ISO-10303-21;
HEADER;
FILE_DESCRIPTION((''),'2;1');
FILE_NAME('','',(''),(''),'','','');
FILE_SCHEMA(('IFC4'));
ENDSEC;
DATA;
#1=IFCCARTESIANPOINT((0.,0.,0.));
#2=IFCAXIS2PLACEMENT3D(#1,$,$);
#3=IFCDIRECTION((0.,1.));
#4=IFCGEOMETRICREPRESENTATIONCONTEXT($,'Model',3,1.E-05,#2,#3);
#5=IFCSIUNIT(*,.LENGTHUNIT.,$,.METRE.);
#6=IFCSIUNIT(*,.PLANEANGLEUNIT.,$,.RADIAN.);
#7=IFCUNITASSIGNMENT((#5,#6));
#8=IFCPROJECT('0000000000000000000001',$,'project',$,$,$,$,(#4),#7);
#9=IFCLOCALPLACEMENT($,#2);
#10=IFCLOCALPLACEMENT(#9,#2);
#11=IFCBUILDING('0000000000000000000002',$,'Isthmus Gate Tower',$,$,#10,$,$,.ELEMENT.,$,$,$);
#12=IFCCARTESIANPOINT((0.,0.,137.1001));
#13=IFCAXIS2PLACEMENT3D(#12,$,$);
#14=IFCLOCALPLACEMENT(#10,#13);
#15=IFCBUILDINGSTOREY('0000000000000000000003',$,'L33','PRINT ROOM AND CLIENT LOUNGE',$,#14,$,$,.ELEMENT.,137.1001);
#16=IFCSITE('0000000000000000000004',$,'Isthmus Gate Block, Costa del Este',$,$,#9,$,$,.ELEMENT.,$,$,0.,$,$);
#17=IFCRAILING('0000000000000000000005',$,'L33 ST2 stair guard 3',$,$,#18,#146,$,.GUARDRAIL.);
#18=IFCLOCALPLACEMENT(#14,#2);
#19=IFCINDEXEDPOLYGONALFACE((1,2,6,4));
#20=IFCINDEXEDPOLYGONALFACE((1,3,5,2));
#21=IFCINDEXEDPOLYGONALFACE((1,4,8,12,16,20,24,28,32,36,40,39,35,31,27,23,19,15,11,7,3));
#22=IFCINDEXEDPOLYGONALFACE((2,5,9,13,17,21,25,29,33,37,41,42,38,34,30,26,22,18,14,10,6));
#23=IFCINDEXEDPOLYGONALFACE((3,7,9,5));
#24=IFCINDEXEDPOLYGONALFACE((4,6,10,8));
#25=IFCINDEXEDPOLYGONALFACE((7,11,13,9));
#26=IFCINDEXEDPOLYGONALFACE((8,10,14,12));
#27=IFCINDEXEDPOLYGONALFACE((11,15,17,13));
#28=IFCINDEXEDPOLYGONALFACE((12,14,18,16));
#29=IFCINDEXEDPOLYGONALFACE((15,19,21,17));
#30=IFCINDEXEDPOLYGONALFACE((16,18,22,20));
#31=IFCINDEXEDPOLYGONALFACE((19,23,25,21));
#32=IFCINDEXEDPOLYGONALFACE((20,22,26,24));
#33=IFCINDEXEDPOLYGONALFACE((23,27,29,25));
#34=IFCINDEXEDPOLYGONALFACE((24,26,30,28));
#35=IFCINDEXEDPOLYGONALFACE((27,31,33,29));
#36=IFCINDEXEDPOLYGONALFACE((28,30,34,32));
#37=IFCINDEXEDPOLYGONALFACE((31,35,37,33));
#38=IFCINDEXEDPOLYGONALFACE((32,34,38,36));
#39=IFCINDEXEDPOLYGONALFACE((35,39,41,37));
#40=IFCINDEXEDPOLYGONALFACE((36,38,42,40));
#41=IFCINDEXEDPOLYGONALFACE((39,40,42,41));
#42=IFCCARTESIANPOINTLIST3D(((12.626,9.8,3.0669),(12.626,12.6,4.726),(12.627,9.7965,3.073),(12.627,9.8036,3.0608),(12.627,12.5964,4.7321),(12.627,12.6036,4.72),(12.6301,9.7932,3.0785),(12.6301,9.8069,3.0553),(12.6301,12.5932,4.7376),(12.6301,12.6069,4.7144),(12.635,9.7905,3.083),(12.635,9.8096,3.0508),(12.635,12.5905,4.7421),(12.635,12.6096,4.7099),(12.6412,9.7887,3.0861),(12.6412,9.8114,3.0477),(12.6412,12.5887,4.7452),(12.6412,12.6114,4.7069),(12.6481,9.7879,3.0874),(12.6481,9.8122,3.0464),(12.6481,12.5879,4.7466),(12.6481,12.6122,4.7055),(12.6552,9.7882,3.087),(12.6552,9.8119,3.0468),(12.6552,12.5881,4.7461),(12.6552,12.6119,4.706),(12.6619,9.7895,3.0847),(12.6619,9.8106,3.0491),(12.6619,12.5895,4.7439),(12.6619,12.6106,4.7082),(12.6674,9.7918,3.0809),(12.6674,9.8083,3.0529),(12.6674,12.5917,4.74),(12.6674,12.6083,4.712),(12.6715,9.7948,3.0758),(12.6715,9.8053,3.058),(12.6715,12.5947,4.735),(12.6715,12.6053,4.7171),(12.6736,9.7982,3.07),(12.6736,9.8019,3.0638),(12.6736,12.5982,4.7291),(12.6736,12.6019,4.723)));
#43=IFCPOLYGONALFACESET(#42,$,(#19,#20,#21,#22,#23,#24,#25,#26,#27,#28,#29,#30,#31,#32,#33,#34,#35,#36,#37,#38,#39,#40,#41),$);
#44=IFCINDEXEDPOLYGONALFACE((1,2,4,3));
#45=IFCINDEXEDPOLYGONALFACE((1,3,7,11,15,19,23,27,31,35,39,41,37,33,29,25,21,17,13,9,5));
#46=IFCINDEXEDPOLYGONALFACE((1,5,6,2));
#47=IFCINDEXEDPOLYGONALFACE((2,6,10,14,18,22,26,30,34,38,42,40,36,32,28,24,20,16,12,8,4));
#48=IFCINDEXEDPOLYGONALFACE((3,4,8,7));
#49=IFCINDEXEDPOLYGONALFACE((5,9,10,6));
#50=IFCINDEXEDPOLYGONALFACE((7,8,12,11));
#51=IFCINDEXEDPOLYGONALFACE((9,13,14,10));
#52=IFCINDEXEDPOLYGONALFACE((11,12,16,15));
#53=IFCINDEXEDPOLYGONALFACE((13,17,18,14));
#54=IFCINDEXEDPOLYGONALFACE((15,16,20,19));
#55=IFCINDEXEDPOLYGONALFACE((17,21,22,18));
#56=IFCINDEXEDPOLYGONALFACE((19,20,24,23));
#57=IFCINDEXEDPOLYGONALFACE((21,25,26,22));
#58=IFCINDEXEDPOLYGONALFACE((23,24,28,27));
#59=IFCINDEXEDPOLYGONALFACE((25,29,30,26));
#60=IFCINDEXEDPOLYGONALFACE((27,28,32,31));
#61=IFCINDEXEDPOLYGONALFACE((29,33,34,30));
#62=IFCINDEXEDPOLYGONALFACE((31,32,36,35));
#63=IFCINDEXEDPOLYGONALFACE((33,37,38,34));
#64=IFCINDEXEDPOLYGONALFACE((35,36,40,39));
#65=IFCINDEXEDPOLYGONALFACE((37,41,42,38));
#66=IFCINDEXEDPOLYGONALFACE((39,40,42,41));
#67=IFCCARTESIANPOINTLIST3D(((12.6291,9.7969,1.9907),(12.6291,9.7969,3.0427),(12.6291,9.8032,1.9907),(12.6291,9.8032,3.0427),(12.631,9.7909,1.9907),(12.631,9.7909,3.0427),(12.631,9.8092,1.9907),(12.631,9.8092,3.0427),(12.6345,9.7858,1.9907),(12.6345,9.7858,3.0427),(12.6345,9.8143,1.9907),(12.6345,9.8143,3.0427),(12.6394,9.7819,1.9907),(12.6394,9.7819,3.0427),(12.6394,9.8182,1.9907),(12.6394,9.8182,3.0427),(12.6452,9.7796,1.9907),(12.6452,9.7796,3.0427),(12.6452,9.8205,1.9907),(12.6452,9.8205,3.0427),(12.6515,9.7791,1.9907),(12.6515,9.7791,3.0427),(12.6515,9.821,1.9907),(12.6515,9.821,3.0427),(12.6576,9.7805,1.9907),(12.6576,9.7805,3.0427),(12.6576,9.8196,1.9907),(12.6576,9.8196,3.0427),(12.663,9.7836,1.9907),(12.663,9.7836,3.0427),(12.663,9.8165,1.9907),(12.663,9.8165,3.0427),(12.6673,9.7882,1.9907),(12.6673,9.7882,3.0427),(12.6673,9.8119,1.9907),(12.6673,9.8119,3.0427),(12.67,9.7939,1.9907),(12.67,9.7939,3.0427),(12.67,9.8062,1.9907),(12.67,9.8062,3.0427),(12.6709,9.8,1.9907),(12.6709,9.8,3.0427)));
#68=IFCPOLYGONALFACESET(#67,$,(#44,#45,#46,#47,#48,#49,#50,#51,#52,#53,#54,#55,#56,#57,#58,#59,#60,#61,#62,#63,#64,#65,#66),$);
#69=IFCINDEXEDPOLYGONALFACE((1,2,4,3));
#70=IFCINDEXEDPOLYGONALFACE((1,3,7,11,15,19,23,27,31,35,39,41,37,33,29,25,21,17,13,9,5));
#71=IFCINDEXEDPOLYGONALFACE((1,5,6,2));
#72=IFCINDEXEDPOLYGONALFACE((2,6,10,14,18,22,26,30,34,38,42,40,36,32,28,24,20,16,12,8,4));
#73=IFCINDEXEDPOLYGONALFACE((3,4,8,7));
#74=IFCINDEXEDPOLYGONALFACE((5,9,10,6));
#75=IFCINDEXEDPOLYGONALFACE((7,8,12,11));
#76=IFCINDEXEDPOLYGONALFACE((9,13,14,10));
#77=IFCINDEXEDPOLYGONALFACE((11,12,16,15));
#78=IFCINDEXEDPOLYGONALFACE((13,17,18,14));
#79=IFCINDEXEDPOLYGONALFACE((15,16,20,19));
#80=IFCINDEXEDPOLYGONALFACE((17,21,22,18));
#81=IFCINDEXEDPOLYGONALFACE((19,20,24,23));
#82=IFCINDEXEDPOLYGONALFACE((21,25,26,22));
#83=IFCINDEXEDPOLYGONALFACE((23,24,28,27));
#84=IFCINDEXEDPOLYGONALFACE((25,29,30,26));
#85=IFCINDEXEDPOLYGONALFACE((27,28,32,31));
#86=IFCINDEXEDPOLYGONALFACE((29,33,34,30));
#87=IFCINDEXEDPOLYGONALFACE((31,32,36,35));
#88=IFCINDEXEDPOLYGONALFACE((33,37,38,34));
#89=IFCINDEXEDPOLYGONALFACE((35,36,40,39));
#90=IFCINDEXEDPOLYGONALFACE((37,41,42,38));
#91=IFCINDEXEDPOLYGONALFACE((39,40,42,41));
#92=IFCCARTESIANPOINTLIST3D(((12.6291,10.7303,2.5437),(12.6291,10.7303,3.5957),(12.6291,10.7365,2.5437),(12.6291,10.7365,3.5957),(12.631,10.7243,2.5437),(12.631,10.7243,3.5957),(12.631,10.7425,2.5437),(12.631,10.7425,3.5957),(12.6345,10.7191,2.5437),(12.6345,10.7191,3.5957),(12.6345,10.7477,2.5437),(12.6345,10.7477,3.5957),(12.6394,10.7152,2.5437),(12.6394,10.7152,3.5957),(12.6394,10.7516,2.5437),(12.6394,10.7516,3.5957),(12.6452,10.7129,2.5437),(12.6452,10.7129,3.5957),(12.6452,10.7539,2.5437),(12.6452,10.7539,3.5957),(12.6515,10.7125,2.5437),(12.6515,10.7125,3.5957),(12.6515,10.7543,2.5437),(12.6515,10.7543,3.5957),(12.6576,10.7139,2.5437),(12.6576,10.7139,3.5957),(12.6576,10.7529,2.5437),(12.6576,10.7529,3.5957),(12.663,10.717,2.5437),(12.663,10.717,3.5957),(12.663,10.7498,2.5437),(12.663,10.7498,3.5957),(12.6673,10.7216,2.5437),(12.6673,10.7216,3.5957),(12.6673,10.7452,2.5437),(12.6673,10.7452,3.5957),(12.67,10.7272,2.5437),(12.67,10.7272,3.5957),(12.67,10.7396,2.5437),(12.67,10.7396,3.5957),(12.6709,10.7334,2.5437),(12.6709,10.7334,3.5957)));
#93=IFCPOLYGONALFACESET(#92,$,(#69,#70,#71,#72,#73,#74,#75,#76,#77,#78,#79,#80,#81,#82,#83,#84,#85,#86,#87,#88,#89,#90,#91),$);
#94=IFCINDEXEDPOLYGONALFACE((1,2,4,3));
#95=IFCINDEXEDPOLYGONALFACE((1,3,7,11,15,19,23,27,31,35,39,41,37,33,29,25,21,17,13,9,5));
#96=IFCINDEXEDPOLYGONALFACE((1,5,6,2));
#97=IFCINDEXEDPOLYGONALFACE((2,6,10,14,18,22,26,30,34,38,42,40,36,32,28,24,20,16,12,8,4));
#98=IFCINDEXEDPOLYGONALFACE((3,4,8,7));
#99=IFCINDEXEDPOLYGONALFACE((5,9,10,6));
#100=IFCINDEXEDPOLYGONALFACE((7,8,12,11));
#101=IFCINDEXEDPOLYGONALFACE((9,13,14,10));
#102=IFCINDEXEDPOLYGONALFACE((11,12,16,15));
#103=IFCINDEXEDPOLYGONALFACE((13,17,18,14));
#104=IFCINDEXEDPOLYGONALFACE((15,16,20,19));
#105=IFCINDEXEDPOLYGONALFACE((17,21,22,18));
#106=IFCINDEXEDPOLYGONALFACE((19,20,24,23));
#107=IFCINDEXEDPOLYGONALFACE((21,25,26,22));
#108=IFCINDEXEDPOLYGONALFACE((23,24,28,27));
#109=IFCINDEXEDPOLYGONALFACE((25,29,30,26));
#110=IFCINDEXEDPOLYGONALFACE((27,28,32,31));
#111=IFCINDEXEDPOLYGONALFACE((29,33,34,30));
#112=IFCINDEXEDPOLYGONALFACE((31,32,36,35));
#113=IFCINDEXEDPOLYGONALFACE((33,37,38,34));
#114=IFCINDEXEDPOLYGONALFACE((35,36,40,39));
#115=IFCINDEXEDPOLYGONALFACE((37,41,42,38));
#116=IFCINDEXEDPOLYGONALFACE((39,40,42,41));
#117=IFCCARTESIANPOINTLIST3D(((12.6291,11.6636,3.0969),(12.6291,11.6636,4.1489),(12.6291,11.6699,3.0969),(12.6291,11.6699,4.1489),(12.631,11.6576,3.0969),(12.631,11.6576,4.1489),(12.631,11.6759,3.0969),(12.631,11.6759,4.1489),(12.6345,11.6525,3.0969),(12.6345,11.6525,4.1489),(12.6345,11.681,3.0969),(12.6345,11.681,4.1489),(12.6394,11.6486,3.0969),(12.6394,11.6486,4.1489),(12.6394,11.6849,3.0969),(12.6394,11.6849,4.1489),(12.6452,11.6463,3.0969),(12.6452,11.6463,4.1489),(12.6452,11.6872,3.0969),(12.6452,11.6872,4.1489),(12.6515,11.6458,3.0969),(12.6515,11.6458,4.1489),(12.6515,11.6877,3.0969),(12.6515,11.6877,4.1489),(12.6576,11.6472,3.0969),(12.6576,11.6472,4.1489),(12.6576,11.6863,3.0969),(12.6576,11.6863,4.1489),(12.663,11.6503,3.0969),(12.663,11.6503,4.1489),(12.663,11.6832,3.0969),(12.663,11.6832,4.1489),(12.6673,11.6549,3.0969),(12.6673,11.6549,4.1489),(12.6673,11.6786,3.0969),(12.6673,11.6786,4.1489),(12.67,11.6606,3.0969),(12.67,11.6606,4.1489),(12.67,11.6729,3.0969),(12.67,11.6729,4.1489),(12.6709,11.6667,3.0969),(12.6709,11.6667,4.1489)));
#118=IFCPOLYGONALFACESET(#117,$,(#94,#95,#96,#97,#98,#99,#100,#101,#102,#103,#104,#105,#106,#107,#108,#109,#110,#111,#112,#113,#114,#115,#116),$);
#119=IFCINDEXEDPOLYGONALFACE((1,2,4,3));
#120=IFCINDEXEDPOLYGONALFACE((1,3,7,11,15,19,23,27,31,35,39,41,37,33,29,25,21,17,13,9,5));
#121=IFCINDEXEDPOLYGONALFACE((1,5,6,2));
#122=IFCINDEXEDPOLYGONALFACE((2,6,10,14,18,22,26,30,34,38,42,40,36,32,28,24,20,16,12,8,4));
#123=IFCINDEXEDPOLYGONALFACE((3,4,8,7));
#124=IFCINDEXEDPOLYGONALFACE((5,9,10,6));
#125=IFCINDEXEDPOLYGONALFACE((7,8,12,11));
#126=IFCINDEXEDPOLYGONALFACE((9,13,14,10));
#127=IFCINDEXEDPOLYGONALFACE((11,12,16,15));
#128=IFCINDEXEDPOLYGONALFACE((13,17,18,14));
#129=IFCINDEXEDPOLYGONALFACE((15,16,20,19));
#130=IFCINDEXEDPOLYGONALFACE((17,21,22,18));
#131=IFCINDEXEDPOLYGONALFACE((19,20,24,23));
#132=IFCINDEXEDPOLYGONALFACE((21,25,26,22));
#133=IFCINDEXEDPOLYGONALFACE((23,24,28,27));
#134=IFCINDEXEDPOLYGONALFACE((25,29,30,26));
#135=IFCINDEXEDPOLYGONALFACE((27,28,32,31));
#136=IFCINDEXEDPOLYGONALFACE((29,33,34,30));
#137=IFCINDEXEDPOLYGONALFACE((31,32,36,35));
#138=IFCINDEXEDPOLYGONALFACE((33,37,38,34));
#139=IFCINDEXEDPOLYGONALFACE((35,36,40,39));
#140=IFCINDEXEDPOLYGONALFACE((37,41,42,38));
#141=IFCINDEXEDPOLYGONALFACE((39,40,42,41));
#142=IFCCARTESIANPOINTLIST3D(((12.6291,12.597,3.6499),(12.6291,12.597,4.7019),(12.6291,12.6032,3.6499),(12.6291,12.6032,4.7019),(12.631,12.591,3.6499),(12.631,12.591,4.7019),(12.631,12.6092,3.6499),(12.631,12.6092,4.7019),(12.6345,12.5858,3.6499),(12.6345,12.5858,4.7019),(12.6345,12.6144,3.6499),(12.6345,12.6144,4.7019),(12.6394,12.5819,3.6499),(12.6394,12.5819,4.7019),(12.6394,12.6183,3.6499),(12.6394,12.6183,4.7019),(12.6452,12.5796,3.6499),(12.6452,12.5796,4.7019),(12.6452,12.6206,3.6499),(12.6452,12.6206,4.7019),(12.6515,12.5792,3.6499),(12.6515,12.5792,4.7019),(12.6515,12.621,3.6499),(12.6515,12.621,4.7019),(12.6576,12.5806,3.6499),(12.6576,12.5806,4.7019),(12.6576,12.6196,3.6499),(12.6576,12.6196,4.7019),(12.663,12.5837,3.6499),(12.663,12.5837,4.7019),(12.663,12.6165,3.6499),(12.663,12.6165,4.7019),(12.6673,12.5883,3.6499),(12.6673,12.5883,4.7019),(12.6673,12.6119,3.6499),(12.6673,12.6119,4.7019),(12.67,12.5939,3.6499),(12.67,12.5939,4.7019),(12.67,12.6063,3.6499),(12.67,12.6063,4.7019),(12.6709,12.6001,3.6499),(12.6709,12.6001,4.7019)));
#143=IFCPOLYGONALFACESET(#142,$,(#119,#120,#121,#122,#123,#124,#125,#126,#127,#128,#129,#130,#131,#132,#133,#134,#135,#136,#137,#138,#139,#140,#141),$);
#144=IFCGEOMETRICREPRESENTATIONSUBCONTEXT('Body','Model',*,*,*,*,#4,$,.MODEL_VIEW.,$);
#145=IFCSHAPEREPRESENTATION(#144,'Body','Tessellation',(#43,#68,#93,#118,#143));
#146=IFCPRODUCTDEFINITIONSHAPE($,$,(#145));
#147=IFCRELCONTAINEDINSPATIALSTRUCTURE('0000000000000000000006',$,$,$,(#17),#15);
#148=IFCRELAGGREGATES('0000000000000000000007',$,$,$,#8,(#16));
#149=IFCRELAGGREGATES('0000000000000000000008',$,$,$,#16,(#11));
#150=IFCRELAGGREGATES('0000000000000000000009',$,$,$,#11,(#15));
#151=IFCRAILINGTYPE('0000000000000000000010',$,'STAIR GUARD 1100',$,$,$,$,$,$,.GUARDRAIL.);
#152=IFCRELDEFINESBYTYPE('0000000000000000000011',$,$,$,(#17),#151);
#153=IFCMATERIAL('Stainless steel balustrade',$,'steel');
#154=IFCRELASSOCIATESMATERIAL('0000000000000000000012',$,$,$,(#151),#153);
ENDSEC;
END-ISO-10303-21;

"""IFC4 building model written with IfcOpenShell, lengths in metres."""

from ifc_helpers import new_model, si_unit, direction, frame, origin, origin_2d, place, context, subcontext, project, spatial, circle, extrude, material, type_object, element, save


model = new_model("IFC4")

# Units and contexts
model_context = context("Model", 3, precision=1e-05, world=origin(), true_north=direction((0.0, 1.0)))
body_context = subcontext(model_context, "Body", "Model", "MODEL_VIEW")
ifc_project = project(units=[si_unit("LENGTHUNIT", "METRE"), si_unit("PLANEANGLEUNIT", "RADIAN")], contexts=[model_context])

# Site, building, storey
site_placement = place(None, origin())
site = spatial("IfcSite", under=ifc_project, at=site_placement, Name="Isthmus Gate Block, Costa del Este", CompositionType="ELEMENT", RefElevation=0.0)
building_placement = place(site_placement, origin())
building = spatial("IfcBuilding", under=site, at=building_placement, Name="Isthmus Gate Tower", CompositionType="ELEMENT")
storey_placement = place(building_placement, frame((0.0, 0.0, 137.1001)))
storey = spatial("IfcBuildingStorey", under=building, at=storey_placement, Name="L33", Description="PRINT ROOM AND CLIENT LOUNGE", CompositionType="ELEMENT", Elevation=137.1001)

# Railing
ifc_material_1 = material(Name="Stainless steel balustrade", Category="steel")
railing_type_1 = type_object("IfcRailingType", Name="STAIR GUARD 1100", PredefinedType="GUARDRAIL", material=ifc_material_1)
railing_1_placement = place(storey_placement, frame((12.6499, 9.8, 1.9907)))
element("IfcRailing", 1, at=railing_1_placement, inside=storey, type_object=railing_type_1, Name="L33 ST2 stair guard 3", PredefinedType="GUARDRAIL", context=body_context, shape_type="SweptSolid", body=[
    extrude(circle(Radius=0.0239, at=origin_2d()), frame((0.0, 0.0, 1.0762), z_axis=(0.0, 0.860306, 0.509778), x_axis=(-1.0, 0.0, 0.0)), (0.0, 0.0, 1.0), 3.2546),
    extrude(circle(Radius=0.021, at=origin_2d()), origin(), (0.0, 0.0, 1.0), 1.052),
    extrude(circle(Radius=0.021, at=origin_2d()), frame((0.0, 0.9333, 0.553)), (0.0, 0.0, 1.0), 1.052),
    extrude(circle(Radius=0.021, at=origin_2d()), frame((0.0, 1.8667, 1.1062)), (0.0, 0.0, 1.0), 1.052),
    extrude(circle(Radius=0.021, at=origin_2d()), frame((0.0, 2.8, 1.6592)), (0.0, 0.0, 1.0), 1.052),
])

save(model, "model.ifc")
